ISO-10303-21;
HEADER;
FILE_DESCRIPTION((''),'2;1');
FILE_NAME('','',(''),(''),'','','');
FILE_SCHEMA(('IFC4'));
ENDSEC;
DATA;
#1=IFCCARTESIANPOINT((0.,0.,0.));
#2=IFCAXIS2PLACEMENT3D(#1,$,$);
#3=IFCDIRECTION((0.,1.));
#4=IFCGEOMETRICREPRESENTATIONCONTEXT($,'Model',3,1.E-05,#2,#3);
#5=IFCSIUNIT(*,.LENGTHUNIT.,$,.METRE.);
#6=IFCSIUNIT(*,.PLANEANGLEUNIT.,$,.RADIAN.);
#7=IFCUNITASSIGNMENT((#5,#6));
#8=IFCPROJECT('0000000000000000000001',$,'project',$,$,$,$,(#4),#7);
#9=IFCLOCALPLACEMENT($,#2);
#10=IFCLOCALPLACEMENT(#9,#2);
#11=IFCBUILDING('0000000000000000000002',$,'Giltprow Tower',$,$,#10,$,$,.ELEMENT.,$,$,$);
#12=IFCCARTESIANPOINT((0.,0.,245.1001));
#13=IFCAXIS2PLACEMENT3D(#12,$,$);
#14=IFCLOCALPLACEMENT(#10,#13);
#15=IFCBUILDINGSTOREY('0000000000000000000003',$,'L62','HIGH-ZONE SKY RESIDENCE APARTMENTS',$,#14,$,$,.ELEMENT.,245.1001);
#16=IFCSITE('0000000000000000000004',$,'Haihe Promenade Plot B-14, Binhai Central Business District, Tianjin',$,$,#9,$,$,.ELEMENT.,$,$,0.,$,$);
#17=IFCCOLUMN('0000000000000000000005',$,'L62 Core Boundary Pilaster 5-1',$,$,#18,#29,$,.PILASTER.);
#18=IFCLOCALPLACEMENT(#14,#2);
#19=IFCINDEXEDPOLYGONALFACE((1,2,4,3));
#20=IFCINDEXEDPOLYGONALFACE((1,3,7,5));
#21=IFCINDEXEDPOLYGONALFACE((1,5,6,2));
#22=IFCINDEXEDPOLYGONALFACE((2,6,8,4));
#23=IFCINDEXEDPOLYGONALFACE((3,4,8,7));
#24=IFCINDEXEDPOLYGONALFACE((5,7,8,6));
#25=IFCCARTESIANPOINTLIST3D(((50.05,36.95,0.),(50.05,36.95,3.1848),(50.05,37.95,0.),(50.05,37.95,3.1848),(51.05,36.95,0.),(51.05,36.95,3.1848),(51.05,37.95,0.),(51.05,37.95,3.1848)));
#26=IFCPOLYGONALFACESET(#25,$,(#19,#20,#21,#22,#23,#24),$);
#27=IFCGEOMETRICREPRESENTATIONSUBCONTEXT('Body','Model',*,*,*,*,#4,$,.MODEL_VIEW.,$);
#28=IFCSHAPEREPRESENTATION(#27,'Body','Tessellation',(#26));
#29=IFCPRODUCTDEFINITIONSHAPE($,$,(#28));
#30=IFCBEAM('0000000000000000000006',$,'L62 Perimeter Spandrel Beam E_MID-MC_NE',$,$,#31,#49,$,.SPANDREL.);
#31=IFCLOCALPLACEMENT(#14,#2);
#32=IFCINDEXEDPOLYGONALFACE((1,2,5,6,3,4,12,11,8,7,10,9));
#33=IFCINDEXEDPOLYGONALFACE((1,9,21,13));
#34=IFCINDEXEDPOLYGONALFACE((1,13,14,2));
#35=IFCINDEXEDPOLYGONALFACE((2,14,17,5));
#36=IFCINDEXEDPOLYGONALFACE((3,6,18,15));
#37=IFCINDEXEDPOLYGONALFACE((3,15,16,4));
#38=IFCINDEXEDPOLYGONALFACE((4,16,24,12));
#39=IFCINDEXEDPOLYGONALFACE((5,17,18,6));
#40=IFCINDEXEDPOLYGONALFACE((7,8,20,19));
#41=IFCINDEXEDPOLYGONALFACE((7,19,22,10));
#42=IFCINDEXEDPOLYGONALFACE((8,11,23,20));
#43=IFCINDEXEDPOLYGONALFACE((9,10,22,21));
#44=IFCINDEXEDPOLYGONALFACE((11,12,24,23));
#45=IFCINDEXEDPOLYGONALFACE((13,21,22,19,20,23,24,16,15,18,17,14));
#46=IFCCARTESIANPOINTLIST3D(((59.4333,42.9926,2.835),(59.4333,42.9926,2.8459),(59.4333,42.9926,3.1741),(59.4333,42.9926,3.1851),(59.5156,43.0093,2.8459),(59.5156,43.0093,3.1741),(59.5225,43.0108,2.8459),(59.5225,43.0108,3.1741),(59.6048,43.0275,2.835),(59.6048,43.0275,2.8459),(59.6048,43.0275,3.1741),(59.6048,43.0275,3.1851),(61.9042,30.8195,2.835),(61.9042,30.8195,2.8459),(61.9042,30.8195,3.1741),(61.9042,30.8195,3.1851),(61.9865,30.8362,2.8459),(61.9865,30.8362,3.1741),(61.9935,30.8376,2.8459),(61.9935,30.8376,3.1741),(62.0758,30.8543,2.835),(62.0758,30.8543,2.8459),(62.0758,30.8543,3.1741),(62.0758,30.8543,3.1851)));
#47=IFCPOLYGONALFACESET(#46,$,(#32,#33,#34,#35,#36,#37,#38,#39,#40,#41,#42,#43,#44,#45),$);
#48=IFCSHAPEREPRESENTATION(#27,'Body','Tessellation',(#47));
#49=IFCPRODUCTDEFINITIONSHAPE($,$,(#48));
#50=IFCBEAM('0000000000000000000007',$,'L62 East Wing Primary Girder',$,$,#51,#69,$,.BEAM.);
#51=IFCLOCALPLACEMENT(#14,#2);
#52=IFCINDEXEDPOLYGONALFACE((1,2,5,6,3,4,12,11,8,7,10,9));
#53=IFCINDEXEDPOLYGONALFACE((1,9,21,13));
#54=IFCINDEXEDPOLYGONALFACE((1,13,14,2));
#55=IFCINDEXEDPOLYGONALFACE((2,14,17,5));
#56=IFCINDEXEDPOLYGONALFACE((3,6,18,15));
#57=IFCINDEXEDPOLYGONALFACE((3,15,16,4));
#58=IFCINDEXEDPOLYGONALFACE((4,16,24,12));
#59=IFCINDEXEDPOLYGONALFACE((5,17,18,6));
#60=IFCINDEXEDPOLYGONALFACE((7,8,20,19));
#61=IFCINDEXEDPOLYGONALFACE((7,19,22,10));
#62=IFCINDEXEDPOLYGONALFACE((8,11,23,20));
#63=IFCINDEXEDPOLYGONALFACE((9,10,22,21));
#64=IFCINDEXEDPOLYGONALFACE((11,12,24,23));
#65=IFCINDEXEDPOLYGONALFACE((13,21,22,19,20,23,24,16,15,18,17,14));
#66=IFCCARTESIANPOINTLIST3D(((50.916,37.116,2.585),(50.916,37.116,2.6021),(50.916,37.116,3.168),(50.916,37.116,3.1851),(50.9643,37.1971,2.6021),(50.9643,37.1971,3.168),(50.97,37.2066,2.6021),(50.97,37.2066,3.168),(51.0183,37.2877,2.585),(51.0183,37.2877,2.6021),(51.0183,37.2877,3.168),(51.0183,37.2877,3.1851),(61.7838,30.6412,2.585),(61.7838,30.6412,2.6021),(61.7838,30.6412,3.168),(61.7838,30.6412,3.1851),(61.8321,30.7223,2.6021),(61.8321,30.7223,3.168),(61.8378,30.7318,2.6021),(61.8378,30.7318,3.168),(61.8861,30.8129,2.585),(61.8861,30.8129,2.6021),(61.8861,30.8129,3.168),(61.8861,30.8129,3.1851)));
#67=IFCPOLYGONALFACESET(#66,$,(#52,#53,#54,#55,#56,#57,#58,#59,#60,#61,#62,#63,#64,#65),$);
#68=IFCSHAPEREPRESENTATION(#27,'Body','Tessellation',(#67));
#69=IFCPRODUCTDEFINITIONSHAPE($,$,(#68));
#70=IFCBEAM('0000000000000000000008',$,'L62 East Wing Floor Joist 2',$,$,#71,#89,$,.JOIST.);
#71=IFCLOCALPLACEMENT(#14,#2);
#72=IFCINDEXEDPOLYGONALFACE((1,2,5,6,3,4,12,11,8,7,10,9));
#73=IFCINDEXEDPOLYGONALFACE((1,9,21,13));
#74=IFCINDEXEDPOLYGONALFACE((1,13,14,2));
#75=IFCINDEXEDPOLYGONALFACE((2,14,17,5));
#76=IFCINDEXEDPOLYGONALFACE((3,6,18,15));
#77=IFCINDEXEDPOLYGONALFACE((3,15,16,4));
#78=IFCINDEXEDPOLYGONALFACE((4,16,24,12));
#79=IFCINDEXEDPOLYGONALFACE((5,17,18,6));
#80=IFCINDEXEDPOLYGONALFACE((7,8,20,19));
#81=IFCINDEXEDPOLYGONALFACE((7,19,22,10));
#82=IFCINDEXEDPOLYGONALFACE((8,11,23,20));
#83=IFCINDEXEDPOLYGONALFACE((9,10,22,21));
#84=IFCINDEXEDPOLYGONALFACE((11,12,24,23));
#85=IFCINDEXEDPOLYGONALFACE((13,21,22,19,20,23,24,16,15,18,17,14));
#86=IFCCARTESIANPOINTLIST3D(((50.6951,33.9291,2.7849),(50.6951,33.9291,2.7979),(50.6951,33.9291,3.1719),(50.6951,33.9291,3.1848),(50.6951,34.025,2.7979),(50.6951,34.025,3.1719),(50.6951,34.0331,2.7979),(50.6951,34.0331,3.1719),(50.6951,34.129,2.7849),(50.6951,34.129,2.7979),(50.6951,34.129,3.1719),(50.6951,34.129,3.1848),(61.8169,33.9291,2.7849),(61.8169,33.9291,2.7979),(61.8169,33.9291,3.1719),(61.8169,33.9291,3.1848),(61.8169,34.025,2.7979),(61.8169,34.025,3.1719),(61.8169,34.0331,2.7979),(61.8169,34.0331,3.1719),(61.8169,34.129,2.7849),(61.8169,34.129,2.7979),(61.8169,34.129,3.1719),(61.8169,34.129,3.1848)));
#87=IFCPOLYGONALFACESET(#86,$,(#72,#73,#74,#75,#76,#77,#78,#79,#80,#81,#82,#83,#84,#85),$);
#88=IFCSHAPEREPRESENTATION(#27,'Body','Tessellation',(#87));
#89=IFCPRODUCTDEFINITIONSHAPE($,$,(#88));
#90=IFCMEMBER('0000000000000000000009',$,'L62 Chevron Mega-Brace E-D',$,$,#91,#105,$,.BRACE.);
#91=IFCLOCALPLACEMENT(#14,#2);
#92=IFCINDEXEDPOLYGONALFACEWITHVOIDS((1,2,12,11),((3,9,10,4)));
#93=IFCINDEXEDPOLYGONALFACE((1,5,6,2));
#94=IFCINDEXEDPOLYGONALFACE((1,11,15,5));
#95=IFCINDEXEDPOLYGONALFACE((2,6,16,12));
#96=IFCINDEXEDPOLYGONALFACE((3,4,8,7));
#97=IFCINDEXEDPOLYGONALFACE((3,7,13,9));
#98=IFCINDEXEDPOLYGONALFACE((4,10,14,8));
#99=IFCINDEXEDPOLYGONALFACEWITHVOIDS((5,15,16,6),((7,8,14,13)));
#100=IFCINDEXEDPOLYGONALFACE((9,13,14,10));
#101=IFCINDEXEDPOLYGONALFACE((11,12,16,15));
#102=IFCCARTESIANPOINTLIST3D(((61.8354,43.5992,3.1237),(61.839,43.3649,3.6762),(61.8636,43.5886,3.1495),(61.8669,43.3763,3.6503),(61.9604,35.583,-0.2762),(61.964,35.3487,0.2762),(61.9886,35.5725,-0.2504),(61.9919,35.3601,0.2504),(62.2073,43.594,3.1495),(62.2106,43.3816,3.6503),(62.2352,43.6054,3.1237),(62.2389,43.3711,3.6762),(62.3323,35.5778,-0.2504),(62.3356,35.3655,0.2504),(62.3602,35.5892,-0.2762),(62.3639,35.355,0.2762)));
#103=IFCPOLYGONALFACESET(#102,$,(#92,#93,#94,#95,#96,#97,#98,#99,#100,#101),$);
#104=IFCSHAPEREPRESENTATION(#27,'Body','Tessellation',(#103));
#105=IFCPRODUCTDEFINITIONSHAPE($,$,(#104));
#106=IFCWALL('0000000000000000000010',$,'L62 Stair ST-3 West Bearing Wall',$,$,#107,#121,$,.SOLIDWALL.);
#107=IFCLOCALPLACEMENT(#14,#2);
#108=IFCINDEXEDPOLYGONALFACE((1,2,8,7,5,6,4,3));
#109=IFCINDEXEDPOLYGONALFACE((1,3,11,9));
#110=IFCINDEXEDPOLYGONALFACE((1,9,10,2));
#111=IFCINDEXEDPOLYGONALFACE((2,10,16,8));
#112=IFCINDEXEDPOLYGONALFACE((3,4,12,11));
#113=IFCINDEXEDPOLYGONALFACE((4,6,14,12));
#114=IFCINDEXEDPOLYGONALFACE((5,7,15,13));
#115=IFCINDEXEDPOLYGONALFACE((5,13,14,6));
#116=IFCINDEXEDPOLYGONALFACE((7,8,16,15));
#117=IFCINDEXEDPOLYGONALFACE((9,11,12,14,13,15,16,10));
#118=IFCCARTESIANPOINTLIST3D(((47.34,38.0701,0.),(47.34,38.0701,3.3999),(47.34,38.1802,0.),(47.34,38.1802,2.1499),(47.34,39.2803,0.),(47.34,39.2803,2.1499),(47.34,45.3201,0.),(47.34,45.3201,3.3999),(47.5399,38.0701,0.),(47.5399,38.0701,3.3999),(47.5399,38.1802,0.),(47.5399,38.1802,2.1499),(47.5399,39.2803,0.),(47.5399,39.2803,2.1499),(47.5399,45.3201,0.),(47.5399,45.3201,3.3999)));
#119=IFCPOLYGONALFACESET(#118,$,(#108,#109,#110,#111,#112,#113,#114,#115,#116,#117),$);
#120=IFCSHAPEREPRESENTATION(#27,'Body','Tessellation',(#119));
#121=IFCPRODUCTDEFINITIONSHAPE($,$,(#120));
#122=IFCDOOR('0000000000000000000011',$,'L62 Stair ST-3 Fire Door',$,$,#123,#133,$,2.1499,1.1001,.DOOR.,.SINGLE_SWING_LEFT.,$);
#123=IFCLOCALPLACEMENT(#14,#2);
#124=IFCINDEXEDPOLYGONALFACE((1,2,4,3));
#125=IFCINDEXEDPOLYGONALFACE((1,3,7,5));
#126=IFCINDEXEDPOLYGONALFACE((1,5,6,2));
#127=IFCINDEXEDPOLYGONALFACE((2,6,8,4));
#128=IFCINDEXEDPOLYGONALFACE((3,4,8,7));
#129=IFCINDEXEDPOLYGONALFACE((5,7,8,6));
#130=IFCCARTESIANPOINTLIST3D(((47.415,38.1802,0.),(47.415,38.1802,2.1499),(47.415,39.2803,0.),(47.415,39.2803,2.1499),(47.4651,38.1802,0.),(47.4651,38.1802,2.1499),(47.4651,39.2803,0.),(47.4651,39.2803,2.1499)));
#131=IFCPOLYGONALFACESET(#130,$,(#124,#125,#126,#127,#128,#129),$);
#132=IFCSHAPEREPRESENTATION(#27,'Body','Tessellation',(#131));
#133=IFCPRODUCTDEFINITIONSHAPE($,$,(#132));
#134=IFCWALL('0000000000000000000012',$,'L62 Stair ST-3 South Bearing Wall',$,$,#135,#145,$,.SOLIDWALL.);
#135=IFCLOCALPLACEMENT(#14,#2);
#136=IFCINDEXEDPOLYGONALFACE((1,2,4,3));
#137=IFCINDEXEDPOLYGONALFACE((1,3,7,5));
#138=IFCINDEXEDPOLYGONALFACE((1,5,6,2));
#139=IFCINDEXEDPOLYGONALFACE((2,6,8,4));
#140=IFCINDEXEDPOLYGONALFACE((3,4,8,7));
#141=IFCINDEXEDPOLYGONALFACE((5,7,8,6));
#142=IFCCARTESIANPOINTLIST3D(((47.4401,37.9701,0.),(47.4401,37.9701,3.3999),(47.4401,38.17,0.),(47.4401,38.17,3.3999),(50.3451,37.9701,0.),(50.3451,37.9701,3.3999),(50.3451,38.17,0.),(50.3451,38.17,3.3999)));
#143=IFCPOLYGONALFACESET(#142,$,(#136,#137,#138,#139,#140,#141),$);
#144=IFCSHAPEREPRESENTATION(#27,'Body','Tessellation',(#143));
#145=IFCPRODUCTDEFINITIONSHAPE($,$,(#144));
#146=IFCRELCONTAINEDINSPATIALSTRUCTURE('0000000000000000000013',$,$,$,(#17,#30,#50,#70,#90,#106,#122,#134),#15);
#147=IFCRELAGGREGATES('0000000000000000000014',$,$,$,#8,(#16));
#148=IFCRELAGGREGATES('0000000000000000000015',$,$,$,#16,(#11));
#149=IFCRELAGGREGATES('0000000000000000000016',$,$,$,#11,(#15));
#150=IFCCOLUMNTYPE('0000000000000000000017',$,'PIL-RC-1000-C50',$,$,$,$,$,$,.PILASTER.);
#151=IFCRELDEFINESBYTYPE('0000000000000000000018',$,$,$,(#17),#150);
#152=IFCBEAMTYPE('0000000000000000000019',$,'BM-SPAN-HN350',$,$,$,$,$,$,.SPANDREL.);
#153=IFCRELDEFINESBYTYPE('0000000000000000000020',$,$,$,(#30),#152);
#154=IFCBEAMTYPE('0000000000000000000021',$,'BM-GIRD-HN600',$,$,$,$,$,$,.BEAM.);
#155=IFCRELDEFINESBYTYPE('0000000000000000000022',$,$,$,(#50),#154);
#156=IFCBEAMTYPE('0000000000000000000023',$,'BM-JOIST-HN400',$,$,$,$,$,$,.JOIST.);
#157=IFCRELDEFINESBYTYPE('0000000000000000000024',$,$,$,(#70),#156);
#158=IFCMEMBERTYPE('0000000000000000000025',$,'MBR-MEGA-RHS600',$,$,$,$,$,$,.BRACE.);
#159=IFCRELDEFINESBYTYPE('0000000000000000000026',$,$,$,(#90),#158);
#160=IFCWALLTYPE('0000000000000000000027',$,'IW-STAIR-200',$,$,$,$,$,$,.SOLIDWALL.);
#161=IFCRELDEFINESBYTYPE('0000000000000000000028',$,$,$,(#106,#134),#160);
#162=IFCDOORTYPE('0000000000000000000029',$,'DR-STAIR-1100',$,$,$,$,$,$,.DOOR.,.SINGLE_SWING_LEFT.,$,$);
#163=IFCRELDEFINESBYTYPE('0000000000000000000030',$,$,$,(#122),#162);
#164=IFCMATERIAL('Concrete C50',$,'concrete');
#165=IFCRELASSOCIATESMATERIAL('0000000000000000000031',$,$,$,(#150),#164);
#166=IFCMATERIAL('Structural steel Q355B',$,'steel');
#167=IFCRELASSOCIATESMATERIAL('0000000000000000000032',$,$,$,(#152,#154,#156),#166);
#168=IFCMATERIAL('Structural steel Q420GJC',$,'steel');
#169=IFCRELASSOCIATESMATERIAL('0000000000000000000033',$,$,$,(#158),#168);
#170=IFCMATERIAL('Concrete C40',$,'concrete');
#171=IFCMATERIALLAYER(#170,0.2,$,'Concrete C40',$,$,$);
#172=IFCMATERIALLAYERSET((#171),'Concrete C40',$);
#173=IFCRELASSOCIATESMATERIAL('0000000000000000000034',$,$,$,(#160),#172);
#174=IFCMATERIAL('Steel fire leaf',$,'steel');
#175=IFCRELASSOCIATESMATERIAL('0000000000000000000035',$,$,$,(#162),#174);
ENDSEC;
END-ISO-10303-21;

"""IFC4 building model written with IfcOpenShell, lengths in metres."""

from ifc_helpers import new_model, si_unit, direction, frame, frame_2d, origin, origin_2d, place, context, subcontext, project, spatial, rectangle, hollow_rectangle, i_section, extrude, source, transform, mapped, material, layer, layer_set, material_profile, profile_set, type_object, element, fill, save


model = new_model("IFC4")

# Units and contexts
model_context = context("Model", 3, precision=1e-05, world=origin(), true_north=direction((0.0, 1.0)))
body_context = subcontext(model_context, "Body", "Model", "MODEL_VIEW")
ifc_project = project(units=[si_unit("LENGTHUNIT", "METRE"), si_unit("PLANEANGLEUNIT", "RADIAN")], contexts=[model_context])

# Site, building, storey
site_placement = place(None, origin())
site = spatial("IfcSite", under=ifc_project, at=site_placement, Name="Haihe Promenade Plot B-14, Binhai Central Business District, Tianjin", CompositionType="ELEMENT", RefElevation=0.0)
building_placement = place(site_placement, origin())
building = spatial("IfcBuilding", under=site, at=building_placement, Name="Giltprow Tower", CompositionType="ELEMENT")
storey_placement = place(building_placement, frame((0.0, 0.0, 245.1001)))
storey = spatial("IfcBuildingStorey", under=building, at=storey_placement, Name="L62", Description="HIGH-ZONE SKY RESIDENCE APARTMENTS", CompositionType="ELEMENT", Elevation=245.1001)

# Column
ifc_material_1 = material(Name="Concrete C50", Category="concrete")
ifc_material_profile_1 = material_profile(ifc_material_1, rectangle(XDim=1.0, YDim=1.0, at=origin_2d()), Name="RC 1000x1000")
ifc_profile_set_1 = profile_set([ifc_material_profile_1], Name="Concrete C50")
column_type = type_object("IfcColumnType", Name="PIL-RC-1000-C50", PredefinedType="PILASTER", material=ifc_profile_set_1)
shared_shape_1 = source(origin(), body_context, "Body", "SweptSolid", [
    extrude(rectangle(XDim=1.0, YDim=1.0, at=origin_2d()), origin(), (0.0, 0.0, 1.0), 3.1848),
])
column_placement = place(storey_placement, frame((50.55, 37.45, 0.0), z_axis=(0.0, 0.0, 1.0), x_axis=(1.0, 0.0, 0.0)))
element("IfcColumn", 1, at=column_placement, inside=storey, type_object=column_type, Name="L62 Core Boundary Pilaster 5-1", PredefinedType="PILASTER", context=body_context, shape_type="MappedRepresentation", body=[
    mapped(shared_shape_1, transform((0.0, 0.0, 0.0), x_axis=(1.0, 0.0, 0.0), y_axis=(0.0, 1.0, 0.0), z_axis=(0.0, 0.0, 1.0), scale=1.0)),
])

# Beams
ifc_material_2 = material(Name="Structural steel Q355B", Category="steel")
ifc_material_profile_2 = material_profile(ifc_material_2, i_section(OverallWidth=0.175, OverallDepth=0.3501, WebThickness=0.0071, FlangeThickness=0.011, at=origin_2d()), Name="HN 350x175x7x11")
ifc_profile_set_2 = profile_set([ifc_material_profile_2], Name="Structural steel Q355B")
beam_type_1 = type_object("IfcBeamType", Name="BM-SPAN-HN350", PredefinedType="SPANDREL", material=ifc_profile_set_2)
shared_shape_2 = source(origin(), body_context, "Body", "SweptSolid", [
    extrude(i_section(OverallWidth=0.175, OverallDepth=0.3501, WebThickness=0.0071, FlangeThickness=0.011, at=origin_2d()), origin(), (0.0, 0.0, 1.0), 12.4214),
])
beam_1_placement = place(storey_placement, frame((61.99, 30.8369, 3.01), z_axis=(-0.198927, 0.980014, 0.0), x_axis=(-0.980014, -0.198927, 0.0)))
element("IfcBeam", 2, at=beam_1_placement, inside=storey, type_object=beam_type_1, Name="L62 Perimeter Spandrel Beam E_MID-MC_NE", PredefinedType="SPANDREL", context=body_context, shape_type="MappedRepresentation", body=[
    mapped(shared_shape_2, transform((0.0, 0.0, 0.0), x_axis=(1.0, 0.0, 0.0), y_axis=(0.0, 1.0, 0.0), z_axis=(0.0, 0.0, 1.0), scale=1.0)),
])
ifc_material_profile_3 = material_profile(ifc_material_2, i_section(OverallWidth=0.2, OverallDepth=0.6001, WebThickness=0.011, FlangeThickness=0.0171, at=origin_2d()), Name="HN 600x200x11x17")
ifc_profile_set_3 = profile_set([ifc_material_profile_3], Name="Structural steel Q355B")
beam_type_2 = type_object("IfcBeamType", Name="BM-GIRD-HN600", PredefinedType="BEAM", material=ifc_profile_set_3)
shared_shape_3 = source(origin(), body_context, "Body", "SweptSolid", [
    extrude(i_section(OverallWidth=0.2, OverallDepth=0.6001, WebThickness=0.011, FlangeThickness=0.0171, at=origin_2d()), origin(), (0.0, 0.0, 1.0), 12.6504),
])
beam_2_placement = place(storey_placement, frame((61.835, 30.7271, 2.885), z_axis=(-0.859089, 0.511825, 0.0), x_axis=(-0.511825, -0.859089, 0.0)))
element("IfcBeam", 3, at=beam_2_placement, inside=storey, type_object=beam_type_2, Name="L62 East Wing Primary Girder", PredefinedType="BEAM", context=body_context, shape_type="MappedRepresentation", body=[
    mapped(shared_shape_3, transform((0.0, 0.0, 0.0), x_axis=(1.0, 0.0, 0.0), y_axis=(0.0, 1.0, 0.0), z_axis=(0.0, 0.0, 1.0), scale=1.0)),
])
ifc_material_profile_4 = material_profile(ifc_material_2, i_section(OverallWidth=0.2, OverallDepth=0.3999, WebThickness=0.0081, FlangeThickness=0.0129, at=origin_2d()), Name="HN 400x200x8x13")
ifc_profile_set_4 = profile_set([ifc_material_profile_4], Name="Structural steel Q355B")
beam_type_3 = type_object("IfcBeamType", Name="BM-JOIST-HN400", PredefinedType="JOIST", material=ifc_profile_set_4)
shared_shape_4 = source(origin(), body_context, "Body", "SweptSolid", [
    extrude(i_section(OverallWidth=0.2, OverallDepth=0.3999, WebThickness=0.0081, FlangeThickness=0.0129, at=origin_2d()), origin(), (0.0, 0.0, 1.0), 11.1218),
])
beam_3_placement = place(storey_placement, frame((50.6951, 34.0291, 2.9849), z_axis=(1.0, 0.0, 0.0), x_axis=(0.0, 1.0, 0.0)))
element("IfcBeam", 4, at=beam_3_placement, inside=storey, type_object=beam_type_3, Name="L62 East Wing Floor Joist 2", PredefinedType="JOIST", context=body_context, shape_type="MappedRepresentation", body=[
    mapped(shared_shape_4, transform((0.0, 0.0, 0.0), x_axis=(1.0, 0.0, 0.0), y_axis=(0.0, 1.0, 0.0), z_axis=(0.0, 0.0, 1.0), scale=1.0)),
])

# Member
ifc_material_3 = material(Name="Structural steel Q420GJC", Category="steel")
ifc_material_profile_5 = material_profile(ifc_material_3, hollow_rectangle(XDim=0.3999, YDim=0.6001, WallThickness=0.0281, at=origin_2d()), Name="RHS 600x400x28")
ifc_profile_set_5 = profile_set([ifc_material_profile_5], Name="Structural steel Q420GJC")
member_type = type_object("IfcMemberType", Name="MBR-MEGA-RHS600", PredefinedType="BRACE", material=ifc_profile_set_5)
shared_shape_5 = source(origin(), body_context, "Body", "SweptSolid", [
    extrude(hollow_rectangle(XDim=0.3999, YDim=0.6001, WallThickness=0.0281, at=origin_2d()), origin(), (0.0, 0.0, 1.0), 8.7083),
])
member_placement = place(storey_placement, frame((62.1621, 35.469, 0.0), z_axis=(-0.014354, 0.920523, 0.390425), x_axis=(-0.999878, -0.015592, 0.0)))
element("IfcMember", 5, at=member_placement, inside=storey, type_object=member_type, Name="L62 Chevron Mega-Brace E-D", PredefinedType="BRACE", context=body_context, shape_type="MappedRepresentation", body=[
    mapped(shared_shape_5, transform((0.0, 0.0, 0.0), x_axis=(1.0, 0.0, 0.0), y_axis=(0.0, 1.0, 0.0), z_axis=(0.0, 0.0, 1.0), scale=1.0)),
])

# Wall, opening, door
ifc_material_4 = material(Name="Concrete C40", Category="concrete")
ifc_layer_1 = layer(ifc_material_4, 0.2, Name="Concrete C40")
ifc_layer_set_1 = layer_set([ifc_layer_1], Name="Concrete C40")
wall_type_1 = type_object("IfcWallType", Name="IW-STAIR-200", PredefinedType="SOLIDWALL", material=ifc_layer_set_1)
wall_1_placement = place(storey_placement, frame((47.4399, 38.0701, 0.0), z_axis=(0.0, 0.0, 1.0), x_axis=(0.0, 1.0, 0.0)))
wall_1 = element("IfcWall", 6, at=wall_1_placement, inside=storey, type_object=wall_type_1, Name="L62 Stair ST-3 West Bearing Wall", PredefinedType="SOLIDWALL", context=body_context, shape_type="SweptSolid", body=[
    extrude(rectangle(XDim=7.25, YDim=0.2, at=frame_2d((3.625, 0.0))), origin(), (0.0, 0.0, 1.0), 3.3999),
])
opening_1_placement = place(wall_1_placement, frame((0.1101, 0.0, 0.0)))
opening_1 = element("IfcOpeningElement", 7, at=opening_1_placement, cuts=wall_1, PredefinedType="OPENING", context=body_context, shape_type="SweptSolid", body=[
    extrude(rectangle(XDim=1.1001, YDim=2.1499, at=frame_2d((0.55, 1.075))), frame((0.0, 0.1099, 0.0), z_axis=(0.0, -1.0, 0.0), x_axis=(1.0, 0.0, 0.0)), (0.0, 0.0, 1.0), 0.22),
])
ifc_material_5 = material(Name="Steel fire leaf", Category="steel")
door_type_1 = type_object("IfcDoorType", Name="DR-STAIR-1100", OperationType="SINGLE_SWING_LEFT", PredefinedType="DOOR", material=ifc_material_5)
shared_shape_6 = source(origin(), body_context, "Body", "SweptSolid", [
    extrude(rectangle(XDim=1.1001, YDim=2.1499, at=frame_2d((0.55, 1.075))), frame((0.0, 0.0249, 0.0), z_axis=(0.0, -1.0, 0.0), x_axis=(1.0, 0.0, 0.0)), (0.0, 0.0, 1.0), 0.05),
])
door_1_placement = place(opening_1_placement, origin())
door_1 = element("IfcDoor", 8, at=door_1_placement, inside=storey, type_object=door_type_1, Name="L62 Stair ST-3 Fire Door", OperationType="SINGLE_SWING_LEFT", OverallHeight=2.1499, OverallWidth=1.1001, PredefinedType="DOOR", context=body_context, shape_type="MappedRepresentation", body=[
    mapped(shared_shape_6, transform((0.0, 0.0, 0.0), x_axis=(1.0, 0.0, 0.0), y_axis=(0.0, 1.0, 0.0), z_axis=(0.0, 0.0, 1.0), scale=1.0)),
])
fill(opening_1, door_1)

# Wall
wall_2_placement = place(storey_placement, frame((47.4399, 38.0701, 0.0), z_axis=(0.0, 0.0, 1.0), x_axis=(1.0, 0.0, 0.0)))
element("IfcWall", 9, at=wall_2_placement, inside=storey, type_object=wall_type_1, Name="L62 Stair ST-3 South Bearing Wall", PredefinedType="SOLIDWALL", context=body_context, shape_type="SweptSolid", body=[
    extrude(rectangle(XDim=2.905, YDim=0.2, at=frame_2d((1.4526, 0.0))), origin(), (0.0, 0.0, 1.0), 3.3999),
])

save(model, "model.ifc")
